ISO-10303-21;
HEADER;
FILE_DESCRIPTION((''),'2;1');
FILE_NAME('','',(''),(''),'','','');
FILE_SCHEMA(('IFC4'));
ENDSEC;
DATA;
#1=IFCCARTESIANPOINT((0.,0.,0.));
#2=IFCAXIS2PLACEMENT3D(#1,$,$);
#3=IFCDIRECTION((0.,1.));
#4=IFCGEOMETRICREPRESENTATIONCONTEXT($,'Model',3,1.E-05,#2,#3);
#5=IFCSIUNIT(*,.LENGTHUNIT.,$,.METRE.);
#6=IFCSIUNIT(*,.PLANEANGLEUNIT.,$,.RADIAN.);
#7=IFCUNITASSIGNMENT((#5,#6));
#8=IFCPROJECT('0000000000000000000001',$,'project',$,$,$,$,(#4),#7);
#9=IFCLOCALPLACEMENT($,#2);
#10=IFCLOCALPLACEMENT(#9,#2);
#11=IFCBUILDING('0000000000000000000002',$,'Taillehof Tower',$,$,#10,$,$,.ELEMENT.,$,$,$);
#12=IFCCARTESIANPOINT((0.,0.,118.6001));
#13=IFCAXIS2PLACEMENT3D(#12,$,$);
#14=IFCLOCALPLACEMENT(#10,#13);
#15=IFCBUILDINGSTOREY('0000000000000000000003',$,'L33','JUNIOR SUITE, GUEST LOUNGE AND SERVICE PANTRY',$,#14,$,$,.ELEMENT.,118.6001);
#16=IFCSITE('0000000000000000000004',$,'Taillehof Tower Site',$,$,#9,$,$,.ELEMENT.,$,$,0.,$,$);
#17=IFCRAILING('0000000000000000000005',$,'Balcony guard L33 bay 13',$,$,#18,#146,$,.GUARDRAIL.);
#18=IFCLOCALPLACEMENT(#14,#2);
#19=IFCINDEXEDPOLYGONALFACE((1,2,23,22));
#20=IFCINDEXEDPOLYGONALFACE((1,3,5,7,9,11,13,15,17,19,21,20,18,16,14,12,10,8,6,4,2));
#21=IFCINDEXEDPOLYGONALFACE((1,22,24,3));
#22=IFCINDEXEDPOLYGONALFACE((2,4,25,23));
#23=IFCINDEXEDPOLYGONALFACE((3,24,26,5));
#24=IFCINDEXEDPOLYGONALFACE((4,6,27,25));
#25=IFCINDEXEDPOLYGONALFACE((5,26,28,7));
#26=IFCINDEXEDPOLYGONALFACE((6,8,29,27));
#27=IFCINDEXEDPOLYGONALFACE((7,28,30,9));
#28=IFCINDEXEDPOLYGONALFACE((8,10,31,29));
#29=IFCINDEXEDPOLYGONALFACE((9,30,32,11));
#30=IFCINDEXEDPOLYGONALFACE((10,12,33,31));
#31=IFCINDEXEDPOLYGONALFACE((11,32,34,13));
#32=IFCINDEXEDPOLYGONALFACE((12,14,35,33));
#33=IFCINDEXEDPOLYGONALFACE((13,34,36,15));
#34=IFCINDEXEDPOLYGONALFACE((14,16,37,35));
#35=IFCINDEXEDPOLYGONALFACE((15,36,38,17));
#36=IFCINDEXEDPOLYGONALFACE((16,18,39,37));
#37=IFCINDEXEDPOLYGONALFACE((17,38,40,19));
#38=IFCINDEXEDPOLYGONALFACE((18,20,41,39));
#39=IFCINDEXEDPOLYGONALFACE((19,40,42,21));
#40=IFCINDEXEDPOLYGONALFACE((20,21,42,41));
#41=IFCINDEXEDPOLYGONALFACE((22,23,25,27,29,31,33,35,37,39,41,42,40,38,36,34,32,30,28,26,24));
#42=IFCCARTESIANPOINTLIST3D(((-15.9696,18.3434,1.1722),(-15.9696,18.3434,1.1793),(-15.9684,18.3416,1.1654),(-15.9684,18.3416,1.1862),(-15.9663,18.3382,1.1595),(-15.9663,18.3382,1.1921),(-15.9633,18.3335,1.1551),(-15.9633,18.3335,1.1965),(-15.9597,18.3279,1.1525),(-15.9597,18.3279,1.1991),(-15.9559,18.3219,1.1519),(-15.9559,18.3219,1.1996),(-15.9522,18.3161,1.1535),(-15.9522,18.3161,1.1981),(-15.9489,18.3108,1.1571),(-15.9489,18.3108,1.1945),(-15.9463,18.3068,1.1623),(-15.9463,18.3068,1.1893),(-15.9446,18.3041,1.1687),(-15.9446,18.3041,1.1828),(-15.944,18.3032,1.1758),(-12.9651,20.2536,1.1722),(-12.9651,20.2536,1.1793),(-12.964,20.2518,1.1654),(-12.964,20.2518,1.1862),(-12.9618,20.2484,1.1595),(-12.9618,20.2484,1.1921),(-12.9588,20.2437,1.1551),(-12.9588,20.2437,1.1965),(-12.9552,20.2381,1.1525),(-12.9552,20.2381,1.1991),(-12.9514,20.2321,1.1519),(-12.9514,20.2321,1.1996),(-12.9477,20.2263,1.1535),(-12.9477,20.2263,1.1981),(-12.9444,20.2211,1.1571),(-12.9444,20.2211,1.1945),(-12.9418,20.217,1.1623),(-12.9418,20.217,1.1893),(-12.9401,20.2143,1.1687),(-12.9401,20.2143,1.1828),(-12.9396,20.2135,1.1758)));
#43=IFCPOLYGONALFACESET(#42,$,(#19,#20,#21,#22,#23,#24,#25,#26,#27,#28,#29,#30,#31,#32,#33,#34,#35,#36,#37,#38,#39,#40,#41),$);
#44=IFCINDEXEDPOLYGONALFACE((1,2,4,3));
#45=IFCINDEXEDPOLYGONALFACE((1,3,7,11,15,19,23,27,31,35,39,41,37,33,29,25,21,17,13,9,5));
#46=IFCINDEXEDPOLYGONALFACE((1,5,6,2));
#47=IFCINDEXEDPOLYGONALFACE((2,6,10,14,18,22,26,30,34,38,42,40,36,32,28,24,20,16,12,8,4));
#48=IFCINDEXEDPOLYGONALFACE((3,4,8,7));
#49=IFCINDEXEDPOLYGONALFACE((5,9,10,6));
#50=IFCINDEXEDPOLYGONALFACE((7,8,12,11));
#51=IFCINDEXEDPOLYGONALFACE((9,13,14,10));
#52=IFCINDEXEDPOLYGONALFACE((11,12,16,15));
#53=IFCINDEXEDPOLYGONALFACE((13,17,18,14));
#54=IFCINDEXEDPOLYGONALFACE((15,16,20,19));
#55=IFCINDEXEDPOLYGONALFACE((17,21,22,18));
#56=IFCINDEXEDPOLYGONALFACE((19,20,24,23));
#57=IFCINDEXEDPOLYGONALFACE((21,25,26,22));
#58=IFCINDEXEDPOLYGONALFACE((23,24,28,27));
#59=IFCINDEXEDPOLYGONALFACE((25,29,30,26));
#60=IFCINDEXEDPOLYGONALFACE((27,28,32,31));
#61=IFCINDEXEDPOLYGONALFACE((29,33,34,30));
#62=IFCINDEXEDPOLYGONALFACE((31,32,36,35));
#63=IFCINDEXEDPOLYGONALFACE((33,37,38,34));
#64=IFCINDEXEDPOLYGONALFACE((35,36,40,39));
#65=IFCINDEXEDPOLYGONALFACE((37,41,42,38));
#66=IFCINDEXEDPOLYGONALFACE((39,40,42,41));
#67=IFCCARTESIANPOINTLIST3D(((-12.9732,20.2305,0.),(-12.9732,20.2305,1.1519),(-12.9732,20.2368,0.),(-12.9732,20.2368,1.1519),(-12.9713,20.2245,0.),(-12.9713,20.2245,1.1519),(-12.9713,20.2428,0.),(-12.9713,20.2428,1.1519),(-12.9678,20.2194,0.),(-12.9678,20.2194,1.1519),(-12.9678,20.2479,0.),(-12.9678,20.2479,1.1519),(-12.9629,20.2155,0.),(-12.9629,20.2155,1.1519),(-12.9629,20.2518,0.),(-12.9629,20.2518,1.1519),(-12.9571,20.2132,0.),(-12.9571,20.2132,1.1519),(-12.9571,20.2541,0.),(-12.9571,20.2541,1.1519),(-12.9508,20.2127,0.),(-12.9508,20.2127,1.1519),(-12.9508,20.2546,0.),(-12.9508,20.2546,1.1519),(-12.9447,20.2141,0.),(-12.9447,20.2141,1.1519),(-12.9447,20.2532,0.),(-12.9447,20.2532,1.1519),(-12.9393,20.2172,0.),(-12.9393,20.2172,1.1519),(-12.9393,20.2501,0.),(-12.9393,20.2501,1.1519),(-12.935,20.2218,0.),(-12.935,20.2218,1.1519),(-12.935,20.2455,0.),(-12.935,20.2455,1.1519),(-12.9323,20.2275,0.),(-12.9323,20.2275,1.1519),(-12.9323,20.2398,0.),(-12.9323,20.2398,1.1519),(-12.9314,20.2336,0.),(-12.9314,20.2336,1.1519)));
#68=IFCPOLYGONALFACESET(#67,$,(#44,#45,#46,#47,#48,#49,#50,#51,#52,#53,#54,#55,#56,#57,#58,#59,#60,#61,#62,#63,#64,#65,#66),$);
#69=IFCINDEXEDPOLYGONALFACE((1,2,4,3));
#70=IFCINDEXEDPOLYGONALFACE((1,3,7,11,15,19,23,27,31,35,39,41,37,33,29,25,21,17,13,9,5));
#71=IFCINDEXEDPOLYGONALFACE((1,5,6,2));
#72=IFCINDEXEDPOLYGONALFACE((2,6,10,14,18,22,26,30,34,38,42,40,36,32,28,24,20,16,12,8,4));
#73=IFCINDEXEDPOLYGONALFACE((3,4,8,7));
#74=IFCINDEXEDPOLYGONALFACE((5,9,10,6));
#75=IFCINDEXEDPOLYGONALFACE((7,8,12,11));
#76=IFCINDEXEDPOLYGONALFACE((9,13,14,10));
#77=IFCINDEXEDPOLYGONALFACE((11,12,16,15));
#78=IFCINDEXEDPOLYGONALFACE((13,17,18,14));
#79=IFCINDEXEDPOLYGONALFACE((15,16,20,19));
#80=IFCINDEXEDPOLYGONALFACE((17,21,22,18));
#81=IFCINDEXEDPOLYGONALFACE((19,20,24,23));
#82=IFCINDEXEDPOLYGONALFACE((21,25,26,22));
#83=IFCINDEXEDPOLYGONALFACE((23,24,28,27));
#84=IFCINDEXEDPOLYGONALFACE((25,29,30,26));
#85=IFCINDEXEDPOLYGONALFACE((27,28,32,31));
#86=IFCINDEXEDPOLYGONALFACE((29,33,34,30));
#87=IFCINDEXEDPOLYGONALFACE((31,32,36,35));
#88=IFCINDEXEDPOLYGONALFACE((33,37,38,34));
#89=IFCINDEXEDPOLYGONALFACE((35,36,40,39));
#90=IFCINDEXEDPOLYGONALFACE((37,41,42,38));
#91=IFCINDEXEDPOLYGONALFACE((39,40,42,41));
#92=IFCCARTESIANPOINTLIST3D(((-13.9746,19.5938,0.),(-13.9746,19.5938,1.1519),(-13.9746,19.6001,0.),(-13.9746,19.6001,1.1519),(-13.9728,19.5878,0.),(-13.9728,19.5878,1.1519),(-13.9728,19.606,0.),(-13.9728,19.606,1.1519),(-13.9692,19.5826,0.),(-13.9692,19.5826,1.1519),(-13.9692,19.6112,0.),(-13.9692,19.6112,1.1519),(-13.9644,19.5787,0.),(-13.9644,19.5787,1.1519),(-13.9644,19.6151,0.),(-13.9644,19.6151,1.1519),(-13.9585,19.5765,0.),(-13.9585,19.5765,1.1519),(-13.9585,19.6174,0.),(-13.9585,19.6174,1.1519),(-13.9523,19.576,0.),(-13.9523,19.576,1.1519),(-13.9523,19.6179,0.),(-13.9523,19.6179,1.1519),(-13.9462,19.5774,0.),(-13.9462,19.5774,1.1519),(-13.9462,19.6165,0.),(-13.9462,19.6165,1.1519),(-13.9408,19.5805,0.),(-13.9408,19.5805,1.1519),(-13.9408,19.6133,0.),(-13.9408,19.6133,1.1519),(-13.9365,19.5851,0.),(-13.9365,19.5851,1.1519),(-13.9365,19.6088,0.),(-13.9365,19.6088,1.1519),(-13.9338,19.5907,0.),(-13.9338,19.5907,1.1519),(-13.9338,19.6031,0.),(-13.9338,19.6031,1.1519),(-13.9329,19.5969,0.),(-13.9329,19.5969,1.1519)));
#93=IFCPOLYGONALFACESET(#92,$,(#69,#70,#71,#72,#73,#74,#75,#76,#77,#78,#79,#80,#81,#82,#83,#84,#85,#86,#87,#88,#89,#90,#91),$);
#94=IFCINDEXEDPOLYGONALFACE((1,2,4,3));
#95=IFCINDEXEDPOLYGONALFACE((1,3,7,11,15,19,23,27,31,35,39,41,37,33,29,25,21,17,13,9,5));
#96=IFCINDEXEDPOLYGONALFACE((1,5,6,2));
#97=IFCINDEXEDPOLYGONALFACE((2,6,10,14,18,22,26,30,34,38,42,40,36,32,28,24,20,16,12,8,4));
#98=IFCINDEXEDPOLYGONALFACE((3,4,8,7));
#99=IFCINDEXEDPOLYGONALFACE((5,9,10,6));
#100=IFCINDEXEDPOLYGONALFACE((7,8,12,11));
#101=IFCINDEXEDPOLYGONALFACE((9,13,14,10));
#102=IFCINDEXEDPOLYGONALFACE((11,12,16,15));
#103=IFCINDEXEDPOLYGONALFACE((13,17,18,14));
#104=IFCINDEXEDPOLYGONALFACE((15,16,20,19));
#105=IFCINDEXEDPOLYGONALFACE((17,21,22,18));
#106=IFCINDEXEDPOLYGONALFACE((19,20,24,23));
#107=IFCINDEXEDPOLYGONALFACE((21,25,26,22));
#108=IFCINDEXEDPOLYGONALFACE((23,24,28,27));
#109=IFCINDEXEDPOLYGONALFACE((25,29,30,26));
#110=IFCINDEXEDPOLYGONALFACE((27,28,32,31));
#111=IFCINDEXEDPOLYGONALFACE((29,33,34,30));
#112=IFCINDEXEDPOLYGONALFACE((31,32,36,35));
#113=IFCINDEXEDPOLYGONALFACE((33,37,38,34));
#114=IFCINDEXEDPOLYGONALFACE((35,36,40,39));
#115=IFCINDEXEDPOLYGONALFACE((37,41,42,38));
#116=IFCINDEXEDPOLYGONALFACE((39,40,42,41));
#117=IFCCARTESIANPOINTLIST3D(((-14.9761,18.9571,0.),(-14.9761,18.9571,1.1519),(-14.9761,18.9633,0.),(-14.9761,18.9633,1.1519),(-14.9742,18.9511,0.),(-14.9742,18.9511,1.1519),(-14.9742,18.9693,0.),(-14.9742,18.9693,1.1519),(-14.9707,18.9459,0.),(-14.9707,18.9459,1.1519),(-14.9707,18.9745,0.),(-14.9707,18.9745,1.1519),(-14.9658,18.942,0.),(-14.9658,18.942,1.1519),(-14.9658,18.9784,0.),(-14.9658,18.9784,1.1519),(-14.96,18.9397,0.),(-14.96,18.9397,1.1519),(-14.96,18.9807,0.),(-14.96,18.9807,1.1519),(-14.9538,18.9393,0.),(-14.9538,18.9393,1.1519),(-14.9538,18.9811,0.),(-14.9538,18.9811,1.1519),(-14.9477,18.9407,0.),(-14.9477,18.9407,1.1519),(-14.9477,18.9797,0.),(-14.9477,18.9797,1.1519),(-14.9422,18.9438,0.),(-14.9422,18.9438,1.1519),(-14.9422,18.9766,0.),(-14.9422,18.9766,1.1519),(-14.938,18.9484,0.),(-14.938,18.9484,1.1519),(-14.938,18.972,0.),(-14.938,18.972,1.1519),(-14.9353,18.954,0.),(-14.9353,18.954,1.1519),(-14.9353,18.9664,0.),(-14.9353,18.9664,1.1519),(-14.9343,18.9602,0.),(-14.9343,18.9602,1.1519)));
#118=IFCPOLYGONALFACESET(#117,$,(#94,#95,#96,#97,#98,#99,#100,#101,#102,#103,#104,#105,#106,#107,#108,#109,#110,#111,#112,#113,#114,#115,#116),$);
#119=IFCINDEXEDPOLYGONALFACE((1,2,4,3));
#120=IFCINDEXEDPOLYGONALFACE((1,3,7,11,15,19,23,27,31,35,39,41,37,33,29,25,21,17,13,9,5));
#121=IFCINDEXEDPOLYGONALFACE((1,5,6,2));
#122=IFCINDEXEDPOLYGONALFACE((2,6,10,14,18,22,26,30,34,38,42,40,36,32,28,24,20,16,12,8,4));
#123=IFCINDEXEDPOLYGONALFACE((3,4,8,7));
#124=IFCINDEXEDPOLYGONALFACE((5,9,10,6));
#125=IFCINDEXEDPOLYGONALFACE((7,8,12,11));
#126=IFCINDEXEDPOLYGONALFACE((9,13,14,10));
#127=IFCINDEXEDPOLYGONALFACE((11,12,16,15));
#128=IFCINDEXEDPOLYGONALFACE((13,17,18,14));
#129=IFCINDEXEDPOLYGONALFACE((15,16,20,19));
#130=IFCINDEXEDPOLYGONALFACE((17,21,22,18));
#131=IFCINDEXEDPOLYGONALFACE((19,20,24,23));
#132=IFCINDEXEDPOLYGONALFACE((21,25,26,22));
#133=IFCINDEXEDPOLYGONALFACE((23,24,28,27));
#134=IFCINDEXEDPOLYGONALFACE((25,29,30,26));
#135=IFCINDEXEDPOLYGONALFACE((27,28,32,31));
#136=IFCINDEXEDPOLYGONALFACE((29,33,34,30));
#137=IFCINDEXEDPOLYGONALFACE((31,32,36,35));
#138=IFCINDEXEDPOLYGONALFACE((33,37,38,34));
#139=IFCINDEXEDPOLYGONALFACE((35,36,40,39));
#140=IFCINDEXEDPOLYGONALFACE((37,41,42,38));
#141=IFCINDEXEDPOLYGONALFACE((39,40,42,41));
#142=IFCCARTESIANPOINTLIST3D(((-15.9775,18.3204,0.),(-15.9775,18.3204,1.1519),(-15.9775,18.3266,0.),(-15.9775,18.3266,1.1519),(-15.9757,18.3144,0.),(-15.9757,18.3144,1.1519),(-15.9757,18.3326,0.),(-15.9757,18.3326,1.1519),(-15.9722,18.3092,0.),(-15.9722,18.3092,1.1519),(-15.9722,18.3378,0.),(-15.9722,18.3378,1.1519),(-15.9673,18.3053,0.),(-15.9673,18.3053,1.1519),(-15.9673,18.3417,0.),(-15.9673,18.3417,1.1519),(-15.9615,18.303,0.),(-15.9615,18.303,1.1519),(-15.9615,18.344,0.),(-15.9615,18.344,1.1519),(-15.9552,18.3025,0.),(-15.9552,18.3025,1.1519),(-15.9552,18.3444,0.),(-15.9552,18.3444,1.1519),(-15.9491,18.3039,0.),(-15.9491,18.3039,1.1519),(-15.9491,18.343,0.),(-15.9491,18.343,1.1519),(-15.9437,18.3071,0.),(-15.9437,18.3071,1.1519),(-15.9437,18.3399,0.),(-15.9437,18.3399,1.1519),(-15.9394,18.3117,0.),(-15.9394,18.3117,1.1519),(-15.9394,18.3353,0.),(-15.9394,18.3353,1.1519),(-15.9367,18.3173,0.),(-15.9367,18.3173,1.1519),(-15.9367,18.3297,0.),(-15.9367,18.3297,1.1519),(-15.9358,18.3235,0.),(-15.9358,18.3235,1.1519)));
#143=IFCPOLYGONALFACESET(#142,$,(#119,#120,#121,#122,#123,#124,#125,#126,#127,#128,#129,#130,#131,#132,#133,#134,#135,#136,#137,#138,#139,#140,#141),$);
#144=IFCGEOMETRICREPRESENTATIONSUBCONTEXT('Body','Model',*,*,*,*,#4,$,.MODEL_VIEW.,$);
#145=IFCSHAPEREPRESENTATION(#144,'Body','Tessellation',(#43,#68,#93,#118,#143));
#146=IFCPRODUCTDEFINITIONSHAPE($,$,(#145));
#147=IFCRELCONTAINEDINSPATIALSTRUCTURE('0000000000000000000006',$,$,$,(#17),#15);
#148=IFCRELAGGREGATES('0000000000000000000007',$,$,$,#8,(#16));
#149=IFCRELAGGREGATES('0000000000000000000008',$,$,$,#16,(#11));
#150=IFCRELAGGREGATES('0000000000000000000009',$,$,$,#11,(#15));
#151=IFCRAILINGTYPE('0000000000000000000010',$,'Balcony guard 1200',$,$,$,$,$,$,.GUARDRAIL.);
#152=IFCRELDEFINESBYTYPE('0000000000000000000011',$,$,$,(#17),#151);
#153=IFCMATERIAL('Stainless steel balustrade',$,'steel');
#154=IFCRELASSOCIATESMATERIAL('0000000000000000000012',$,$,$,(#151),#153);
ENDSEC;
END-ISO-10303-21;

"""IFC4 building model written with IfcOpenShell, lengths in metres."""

from ifc_helpers import new_model, si_unit, direction, frame, origin, origin_2d, place, context, subcontext, project, spatial, circle, extrude, material, type_object, element, save


model = new_model("IFC4")

# Units and contexts
model_context = context("Model", 3, precision=1e-05, world=origin(), true_north=direction((0.0, 1.0)))
body_context = subcontext(model_context, "Body", "Model", "MODEL_VIEW")
ifc_project = project(units=[si_unit("LENGTHUNIT", "METRE"), si_unit("PLANEANGLEUNIT", "RADIAN")], contexts=[model_context])

# Site, building, storey
site_placement = place(None, origin())
site = spatial("IfcSite", under=ifc_project, at=site_placement, Name="Taillehof Tower Site", CompositionType="ELEMENT", RefElevation=0.0)
building_placement = place(site_placement, origin())
building = spatial("IfcBuilding", under=site, at=building_placement, Name="Taillehof Tower", CompositionType="ELEMENT")
storey_placement = place(building_placement, frame((0.0, 0.0, 118.6001)))
storey = spatial("IfcBuildingStorey", under=building, at=storey_placement, Name="L33", Description="JUNIOR SUITE, GUEST LOUNGE AND SERVICE PANTRY", CompositionType="ELEMENT", Elevation=118.6001)

# Railing
ifc_material_1 = material(Name="Stainless steel balustrade", Category="steel")
railing_type = type_object("IfcRailingType", Name="Balcony guard 1200", PredefinedType="GUARDRAIL", material=ifc_material_1)
railing_1_placement = place(storey_placement, frame((-12.9524, 20.2336, 0.0)))
element("IfcRailing", 1, at=railing_1_placement, inside=storey, type_object=railing_type, Name="Balcony guard L33 bay 13", PredefinedType="GUARDRAIL", context=body_context, shape_type="SweptSolid", body=[
    extrude(circle(Radius=0.0239, at=origin_2d()), frame((0.0, 0.0, 1.1758), z_axis=(-0.843882, -0.536529, 0.0), x_axis=(0.536529, -0.843882, 0.0)), (0.0, 0.0, 1.0), 3.5603),
    extrude(circle(Radius=0.021, at=origin_2d()), origin(), (0.0, 0.0, 1.0), 1.1519),
    extrude(circle(Radius=0.021, at=origin_2d()), frame((-1.0015, -0.6367, 0.0)), (0.0, 0.0, 1.0), 1.1519),
    extrude(circle(Radius=0.021, at=origin_2d()), frame((-2.0029, -1.2734, 0.0)), (0.0, 0.0, 1.0), 1.1519),
    extrude(circle(Radius=0.021, at=origin_2d()), frame((-3.0044, -1.9102, 0.0)), (0.0, 0.0, 1.0), 1.1519),
])

save(model, "model.ifc")
